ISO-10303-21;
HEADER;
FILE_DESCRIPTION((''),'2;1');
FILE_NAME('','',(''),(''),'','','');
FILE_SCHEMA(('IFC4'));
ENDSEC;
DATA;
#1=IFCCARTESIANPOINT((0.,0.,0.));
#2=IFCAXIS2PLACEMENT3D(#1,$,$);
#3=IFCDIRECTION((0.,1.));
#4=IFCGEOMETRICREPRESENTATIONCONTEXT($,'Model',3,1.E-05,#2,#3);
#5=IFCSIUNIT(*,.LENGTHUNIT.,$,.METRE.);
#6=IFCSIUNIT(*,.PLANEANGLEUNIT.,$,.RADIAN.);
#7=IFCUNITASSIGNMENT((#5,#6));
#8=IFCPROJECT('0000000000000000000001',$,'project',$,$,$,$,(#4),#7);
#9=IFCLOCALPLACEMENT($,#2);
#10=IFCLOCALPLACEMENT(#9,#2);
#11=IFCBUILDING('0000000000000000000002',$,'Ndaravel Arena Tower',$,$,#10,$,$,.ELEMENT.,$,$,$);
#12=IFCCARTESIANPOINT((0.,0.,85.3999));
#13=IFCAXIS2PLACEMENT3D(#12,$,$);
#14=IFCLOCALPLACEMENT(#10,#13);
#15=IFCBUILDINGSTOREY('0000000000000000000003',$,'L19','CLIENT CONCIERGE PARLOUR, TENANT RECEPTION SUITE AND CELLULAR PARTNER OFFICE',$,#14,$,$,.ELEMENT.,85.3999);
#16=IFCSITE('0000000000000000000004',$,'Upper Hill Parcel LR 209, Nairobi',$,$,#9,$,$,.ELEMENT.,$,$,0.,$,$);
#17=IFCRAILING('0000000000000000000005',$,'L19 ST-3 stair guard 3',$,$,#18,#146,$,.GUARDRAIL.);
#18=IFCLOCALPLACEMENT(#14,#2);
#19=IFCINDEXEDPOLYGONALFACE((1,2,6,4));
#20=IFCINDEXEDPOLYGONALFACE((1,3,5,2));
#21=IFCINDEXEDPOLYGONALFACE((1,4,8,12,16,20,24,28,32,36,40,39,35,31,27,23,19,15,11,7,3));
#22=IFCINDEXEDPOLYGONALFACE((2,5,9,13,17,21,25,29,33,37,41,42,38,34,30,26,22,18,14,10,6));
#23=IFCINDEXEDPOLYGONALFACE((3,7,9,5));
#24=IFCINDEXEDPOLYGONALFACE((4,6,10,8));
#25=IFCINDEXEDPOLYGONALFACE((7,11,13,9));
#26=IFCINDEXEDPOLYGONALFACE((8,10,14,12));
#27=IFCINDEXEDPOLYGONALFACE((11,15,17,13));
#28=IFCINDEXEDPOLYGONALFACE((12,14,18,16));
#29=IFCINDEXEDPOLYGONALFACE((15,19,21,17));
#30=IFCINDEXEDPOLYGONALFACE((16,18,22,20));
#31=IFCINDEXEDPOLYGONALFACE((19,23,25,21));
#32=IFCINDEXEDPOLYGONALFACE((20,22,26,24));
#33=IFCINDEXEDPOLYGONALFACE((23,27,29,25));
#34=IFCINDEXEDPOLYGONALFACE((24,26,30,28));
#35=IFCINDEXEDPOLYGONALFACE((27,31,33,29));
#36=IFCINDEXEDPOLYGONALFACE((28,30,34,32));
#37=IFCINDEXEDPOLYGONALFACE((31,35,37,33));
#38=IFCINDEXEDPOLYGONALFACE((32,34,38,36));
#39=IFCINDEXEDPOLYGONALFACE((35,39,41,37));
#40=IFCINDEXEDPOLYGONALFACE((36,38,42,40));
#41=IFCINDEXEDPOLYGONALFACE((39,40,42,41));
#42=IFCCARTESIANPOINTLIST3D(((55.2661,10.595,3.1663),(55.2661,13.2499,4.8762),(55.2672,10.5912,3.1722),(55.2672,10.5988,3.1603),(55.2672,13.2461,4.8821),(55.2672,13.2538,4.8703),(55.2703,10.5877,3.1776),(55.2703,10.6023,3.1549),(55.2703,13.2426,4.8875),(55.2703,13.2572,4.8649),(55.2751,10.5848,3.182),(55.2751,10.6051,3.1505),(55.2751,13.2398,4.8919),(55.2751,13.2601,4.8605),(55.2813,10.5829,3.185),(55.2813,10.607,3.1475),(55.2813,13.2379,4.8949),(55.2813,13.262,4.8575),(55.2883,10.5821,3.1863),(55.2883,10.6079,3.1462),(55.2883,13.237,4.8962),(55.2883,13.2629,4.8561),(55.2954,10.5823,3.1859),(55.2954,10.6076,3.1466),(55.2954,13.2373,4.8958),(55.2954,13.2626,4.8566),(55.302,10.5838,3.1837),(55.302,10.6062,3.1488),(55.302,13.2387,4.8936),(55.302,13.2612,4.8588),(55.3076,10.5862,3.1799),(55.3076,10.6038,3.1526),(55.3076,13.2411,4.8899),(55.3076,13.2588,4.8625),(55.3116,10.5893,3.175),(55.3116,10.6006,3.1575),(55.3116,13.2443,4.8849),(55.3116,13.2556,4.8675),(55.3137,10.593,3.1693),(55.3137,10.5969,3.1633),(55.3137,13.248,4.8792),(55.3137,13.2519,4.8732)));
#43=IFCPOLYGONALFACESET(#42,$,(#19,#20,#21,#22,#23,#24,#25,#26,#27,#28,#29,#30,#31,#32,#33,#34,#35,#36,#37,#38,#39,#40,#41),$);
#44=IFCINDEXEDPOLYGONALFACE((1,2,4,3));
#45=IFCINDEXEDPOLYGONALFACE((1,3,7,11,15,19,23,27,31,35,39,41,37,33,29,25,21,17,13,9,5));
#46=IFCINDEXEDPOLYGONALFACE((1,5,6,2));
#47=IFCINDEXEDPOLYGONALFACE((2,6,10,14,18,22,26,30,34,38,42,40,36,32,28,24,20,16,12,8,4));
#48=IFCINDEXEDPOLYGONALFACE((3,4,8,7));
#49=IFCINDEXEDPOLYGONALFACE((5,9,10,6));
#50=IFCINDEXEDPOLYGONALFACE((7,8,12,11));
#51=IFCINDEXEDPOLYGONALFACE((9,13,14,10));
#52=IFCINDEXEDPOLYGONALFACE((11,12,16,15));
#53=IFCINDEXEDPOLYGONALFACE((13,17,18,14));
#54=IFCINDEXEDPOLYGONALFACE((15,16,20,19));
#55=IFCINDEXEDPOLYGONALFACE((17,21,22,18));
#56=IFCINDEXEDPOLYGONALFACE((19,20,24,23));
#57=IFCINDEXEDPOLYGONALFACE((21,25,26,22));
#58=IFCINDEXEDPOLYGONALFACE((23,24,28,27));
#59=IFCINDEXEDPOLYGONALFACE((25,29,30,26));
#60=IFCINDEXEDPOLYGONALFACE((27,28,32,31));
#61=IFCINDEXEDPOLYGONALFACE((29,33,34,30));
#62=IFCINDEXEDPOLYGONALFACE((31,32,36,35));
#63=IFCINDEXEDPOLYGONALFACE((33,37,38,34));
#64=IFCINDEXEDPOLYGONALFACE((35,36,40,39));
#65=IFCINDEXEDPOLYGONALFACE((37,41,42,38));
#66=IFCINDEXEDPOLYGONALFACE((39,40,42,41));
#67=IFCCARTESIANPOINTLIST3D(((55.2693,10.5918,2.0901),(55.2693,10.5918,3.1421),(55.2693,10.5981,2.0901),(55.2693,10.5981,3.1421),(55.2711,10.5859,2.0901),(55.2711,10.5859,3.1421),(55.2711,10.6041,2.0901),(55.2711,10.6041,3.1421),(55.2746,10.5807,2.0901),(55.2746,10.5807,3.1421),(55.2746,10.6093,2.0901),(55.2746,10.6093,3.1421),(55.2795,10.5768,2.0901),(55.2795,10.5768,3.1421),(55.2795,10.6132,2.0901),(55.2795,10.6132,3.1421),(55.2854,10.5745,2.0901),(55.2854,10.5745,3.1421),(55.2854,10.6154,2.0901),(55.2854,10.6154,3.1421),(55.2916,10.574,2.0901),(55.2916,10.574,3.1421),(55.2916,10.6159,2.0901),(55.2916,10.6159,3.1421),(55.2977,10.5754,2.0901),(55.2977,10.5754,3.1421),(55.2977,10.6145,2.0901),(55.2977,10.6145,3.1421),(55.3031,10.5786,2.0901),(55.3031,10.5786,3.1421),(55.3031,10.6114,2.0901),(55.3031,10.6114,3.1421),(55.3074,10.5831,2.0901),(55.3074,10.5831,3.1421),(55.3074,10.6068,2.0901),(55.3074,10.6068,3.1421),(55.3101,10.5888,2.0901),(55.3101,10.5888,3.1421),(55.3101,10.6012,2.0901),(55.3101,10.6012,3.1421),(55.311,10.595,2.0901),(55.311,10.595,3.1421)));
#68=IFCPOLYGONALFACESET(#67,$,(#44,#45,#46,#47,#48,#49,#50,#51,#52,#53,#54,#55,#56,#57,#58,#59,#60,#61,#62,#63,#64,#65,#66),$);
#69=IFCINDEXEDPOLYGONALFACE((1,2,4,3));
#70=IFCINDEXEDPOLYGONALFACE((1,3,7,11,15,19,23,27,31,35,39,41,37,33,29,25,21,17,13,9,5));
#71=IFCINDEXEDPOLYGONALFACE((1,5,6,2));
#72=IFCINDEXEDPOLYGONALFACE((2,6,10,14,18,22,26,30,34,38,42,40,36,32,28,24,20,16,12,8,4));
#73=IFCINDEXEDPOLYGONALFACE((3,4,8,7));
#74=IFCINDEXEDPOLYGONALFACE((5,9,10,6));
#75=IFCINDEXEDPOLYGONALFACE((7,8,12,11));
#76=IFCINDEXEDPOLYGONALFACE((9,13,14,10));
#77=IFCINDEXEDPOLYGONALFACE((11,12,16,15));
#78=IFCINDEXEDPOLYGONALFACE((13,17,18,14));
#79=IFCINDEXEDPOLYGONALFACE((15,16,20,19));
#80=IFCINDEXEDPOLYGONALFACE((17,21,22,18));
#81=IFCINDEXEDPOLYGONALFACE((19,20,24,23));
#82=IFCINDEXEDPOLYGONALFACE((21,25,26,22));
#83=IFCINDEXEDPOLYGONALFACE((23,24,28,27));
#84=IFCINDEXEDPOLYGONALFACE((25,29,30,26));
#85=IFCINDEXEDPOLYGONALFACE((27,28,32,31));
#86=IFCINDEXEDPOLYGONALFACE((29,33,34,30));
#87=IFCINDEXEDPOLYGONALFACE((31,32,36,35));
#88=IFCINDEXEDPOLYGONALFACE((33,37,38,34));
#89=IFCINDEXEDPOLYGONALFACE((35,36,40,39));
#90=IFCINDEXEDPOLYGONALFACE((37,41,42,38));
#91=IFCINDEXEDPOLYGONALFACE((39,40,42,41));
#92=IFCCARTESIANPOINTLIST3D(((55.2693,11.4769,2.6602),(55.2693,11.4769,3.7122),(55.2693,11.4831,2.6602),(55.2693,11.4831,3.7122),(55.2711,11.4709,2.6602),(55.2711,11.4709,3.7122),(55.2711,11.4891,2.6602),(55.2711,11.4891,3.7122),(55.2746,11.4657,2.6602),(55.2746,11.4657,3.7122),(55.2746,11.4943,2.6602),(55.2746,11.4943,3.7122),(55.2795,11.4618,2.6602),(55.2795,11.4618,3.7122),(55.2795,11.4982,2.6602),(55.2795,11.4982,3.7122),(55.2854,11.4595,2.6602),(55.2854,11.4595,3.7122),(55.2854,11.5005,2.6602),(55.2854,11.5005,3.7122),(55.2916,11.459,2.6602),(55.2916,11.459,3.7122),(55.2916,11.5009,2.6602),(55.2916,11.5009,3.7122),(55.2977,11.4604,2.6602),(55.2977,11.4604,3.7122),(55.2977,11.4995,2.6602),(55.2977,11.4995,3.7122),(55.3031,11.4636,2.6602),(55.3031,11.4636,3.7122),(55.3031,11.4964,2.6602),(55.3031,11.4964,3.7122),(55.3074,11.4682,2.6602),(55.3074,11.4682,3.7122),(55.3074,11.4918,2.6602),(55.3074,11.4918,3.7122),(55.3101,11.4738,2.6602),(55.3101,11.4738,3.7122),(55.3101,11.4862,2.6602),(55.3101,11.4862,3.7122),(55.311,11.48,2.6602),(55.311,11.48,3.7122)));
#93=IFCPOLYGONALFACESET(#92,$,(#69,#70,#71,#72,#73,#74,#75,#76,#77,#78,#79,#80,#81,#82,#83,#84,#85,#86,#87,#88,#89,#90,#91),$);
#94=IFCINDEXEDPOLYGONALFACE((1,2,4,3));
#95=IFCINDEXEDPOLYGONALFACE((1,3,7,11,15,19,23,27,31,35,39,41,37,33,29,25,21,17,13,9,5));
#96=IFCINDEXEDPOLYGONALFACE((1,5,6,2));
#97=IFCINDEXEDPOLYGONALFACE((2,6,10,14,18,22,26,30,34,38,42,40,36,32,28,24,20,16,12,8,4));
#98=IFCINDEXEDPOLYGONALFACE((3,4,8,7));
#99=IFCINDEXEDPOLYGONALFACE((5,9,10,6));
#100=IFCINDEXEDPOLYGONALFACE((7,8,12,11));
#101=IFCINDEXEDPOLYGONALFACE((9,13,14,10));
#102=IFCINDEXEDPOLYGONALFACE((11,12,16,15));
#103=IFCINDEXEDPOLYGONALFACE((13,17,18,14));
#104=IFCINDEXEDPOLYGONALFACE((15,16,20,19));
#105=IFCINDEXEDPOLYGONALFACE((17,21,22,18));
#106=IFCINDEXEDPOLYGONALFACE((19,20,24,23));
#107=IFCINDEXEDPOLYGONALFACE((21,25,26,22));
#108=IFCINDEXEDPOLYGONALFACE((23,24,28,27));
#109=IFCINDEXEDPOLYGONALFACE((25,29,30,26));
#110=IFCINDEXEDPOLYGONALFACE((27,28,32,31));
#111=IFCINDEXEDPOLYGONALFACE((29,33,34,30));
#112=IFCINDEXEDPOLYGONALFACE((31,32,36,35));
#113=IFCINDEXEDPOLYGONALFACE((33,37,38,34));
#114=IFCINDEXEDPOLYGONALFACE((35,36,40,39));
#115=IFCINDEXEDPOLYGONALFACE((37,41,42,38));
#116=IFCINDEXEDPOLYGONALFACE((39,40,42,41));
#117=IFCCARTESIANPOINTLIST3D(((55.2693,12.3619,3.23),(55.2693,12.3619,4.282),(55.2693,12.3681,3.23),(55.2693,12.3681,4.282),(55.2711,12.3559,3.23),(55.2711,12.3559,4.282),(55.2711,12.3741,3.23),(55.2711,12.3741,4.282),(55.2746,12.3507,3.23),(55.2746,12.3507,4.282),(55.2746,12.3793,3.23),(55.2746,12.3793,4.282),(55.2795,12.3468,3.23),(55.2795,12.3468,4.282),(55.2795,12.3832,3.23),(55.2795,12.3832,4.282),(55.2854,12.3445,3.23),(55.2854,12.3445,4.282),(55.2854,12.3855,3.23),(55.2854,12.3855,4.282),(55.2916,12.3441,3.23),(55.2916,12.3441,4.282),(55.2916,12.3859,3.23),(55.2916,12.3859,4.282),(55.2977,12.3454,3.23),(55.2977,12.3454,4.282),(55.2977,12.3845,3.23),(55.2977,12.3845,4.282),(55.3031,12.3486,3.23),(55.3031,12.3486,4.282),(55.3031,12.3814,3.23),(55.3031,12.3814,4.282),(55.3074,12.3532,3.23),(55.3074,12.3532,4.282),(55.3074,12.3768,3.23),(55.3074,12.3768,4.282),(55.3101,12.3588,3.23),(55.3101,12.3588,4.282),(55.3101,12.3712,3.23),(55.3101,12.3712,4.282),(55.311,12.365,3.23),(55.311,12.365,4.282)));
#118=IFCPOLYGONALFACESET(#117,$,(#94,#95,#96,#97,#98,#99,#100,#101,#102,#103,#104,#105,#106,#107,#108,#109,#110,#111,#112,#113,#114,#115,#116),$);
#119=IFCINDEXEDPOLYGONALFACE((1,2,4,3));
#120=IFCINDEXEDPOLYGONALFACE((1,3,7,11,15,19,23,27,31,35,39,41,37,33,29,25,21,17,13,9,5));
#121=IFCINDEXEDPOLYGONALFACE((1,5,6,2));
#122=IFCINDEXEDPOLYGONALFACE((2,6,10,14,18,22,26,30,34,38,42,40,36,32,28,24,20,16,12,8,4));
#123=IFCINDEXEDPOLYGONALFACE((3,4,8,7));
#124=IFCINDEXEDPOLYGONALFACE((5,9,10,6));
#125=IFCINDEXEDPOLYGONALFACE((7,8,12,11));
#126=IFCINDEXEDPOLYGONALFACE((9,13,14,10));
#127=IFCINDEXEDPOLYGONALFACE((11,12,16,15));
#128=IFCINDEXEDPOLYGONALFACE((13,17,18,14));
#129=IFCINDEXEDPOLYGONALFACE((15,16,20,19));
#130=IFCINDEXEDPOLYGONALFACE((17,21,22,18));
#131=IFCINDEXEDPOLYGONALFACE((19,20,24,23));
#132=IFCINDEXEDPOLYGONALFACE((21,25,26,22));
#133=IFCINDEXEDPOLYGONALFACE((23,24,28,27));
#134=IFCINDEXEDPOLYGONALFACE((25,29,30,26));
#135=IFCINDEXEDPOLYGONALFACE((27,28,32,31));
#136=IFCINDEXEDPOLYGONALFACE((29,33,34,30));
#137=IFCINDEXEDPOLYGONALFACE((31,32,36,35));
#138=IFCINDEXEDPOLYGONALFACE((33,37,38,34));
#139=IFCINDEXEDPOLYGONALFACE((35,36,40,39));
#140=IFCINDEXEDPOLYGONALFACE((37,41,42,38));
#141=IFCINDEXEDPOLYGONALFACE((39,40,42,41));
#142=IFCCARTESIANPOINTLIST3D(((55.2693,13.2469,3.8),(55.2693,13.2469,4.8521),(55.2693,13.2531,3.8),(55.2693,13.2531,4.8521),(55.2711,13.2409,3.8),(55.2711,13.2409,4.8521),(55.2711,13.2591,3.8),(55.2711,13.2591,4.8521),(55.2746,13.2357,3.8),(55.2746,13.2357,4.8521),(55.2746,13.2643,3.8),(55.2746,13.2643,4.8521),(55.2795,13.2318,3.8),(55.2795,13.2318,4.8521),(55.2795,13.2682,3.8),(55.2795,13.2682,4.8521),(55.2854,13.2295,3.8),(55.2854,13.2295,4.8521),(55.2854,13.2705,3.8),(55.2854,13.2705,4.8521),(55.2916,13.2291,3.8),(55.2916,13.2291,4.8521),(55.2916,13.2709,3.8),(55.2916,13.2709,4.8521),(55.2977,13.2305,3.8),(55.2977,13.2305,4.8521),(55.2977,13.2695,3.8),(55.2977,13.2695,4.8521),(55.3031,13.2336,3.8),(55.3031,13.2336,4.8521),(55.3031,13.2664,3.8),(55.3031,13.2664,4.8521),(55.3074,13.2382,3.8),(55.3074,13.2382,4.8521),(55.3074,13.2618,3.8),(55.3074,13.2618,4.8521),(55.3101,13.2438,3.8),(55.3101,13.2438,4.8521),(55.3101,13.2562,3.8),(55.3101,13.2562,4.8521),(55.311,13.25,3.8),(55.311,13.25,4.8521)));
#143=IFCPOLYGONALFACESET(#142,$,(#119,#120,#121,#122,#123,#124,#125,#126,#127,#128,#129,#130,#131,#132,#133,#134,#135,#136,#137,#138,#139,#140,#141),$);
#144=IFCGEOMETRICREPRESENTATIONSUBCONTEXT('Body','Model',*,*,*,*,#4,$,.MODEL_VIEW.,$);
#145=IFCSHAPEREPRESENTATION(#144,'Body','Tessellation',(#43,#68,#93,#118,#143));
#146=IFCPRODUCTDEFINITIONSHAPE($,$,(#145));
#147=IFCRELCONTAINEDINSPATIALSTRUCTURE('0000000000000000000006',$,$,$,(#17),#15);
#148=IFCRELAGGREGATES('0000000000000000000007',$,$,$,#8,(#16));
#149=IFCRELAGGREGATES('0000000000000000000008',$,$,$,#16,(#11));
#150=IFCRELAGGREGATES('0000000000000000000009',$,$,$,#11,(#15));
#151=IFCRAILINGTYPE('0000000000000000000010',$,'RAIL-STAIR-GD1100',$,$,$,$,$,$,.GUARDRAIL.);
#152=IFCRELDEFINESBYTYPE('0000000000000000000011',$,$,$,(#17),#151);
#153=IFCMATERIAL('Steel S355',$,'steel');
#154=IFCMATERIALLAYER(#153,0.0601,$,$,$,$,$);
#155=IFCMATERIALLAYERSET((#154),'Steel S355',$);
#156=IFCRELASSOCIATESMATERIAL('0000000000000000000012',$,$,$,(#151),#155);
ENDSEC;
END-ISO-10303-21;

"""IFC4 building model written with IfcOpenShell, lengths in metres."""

from ifc_helpers import new_model, si_unit, direction, frame, origin, origin_2d, place, context, subcontext, project, spatial, circle, extrude, material, layer, layer_set, type_object, element, save


model = new_model("IFC4")

# Units and contexts
model_context = context("Model", 3, precision=1e-05, world=origin(), true_north=direction((0.0, 1.0)))
body_context = subcontext(model_context, "Body", "Model", "MODEL_VIEW")
ifc_project = project(units=[si_unit("LENGTHUNIT", "METRE"), si_unit("PLANEANGLEUNIT", "RADIAN")], contexts=[model_context])

# Site, building, storey
site_placement = place(None, origin())
site = spatial("IfcSite", under=ifc_project, at=site_placement, Name="Upper Hill Parcel LR 209, Nairobi", CompositionType="ELEMENT", RefElevation=0.0)
building_placement = place(site_placement, origin())
building = spatial("IfcBuilding", under=site, at=building_placement, Name="Ndaravel Arena Tower", CompositionType="ELEMENT")
storey_placement = place(building_placement, frame((0.0, 0.0, 85.3999)))
storey = spatial("IfcBuildingStorey", under=building, at=storey_placement, Name="L19", Description="CLIENT CONCIERGE PARLOUR, TENANT RECEPTION SUITE AND CELLULAR PARTNER OFFICE", CompositionType="ELEMENT", Elevation=85.3999)

# Railing
ifc_material_1 = material(Name="Steel S355", Category="steel")
ifc_layer_1 = layer(ifc_material_1, 0.0601)
ifc_layer_set_1 = layer_set([ifc_layer_1], Name="Steel S355")
railing_type_1 = type_object("IfcRailingType", Name="RAIL-STAIR-GD1100", PredefinedType="GUARDRAIL", material=ifc_layer_set_1)
railing_1_placement = place(storey_placement, frame((55.29, 10.595, 2.0901)))
element("IfcRailing", 1, at=railing_1_placement, inside=storey, type_object=railing_type_1, Name="L19 ST-3 stair guard 3", PredefinedType="GUARDRAIL", context=body_context, shape_type="SweptSolid", body=[
    extrude(circle(Radius=0.0239, at=origin_2d()), frame((0.0, 0.0, 1.0762), z_axis=(0.0, 0.840724, 0.541465), x_axis=(-1.0, 0.0, 0.0)), (0.0, 0.0, 1.0), 3.158),
    extrude(circle(Radius=0.021, at=origin_2d()), origin(), (0.0, 0.0, 1.0), 1.052),
    extrude(circle(Radius=0.021, at=origin_2d()), frame((0.0, 0.885, 0.5701)), (0.0, 0.0, 1.0), 1.052),
    extrude(circle(Radius=0.021, at=origin_2d()), frame((0.0, 1.77, 1.1399)), (0.0, 0.0, 1.0), 1.052),
    extrude(circle(Radius=0.021, at=origin_2d()), frame((0.0, 2.655, 1.71)), (0.0, 0.0, 1.0), 1.052),
])

save(model, "model.ifc")
